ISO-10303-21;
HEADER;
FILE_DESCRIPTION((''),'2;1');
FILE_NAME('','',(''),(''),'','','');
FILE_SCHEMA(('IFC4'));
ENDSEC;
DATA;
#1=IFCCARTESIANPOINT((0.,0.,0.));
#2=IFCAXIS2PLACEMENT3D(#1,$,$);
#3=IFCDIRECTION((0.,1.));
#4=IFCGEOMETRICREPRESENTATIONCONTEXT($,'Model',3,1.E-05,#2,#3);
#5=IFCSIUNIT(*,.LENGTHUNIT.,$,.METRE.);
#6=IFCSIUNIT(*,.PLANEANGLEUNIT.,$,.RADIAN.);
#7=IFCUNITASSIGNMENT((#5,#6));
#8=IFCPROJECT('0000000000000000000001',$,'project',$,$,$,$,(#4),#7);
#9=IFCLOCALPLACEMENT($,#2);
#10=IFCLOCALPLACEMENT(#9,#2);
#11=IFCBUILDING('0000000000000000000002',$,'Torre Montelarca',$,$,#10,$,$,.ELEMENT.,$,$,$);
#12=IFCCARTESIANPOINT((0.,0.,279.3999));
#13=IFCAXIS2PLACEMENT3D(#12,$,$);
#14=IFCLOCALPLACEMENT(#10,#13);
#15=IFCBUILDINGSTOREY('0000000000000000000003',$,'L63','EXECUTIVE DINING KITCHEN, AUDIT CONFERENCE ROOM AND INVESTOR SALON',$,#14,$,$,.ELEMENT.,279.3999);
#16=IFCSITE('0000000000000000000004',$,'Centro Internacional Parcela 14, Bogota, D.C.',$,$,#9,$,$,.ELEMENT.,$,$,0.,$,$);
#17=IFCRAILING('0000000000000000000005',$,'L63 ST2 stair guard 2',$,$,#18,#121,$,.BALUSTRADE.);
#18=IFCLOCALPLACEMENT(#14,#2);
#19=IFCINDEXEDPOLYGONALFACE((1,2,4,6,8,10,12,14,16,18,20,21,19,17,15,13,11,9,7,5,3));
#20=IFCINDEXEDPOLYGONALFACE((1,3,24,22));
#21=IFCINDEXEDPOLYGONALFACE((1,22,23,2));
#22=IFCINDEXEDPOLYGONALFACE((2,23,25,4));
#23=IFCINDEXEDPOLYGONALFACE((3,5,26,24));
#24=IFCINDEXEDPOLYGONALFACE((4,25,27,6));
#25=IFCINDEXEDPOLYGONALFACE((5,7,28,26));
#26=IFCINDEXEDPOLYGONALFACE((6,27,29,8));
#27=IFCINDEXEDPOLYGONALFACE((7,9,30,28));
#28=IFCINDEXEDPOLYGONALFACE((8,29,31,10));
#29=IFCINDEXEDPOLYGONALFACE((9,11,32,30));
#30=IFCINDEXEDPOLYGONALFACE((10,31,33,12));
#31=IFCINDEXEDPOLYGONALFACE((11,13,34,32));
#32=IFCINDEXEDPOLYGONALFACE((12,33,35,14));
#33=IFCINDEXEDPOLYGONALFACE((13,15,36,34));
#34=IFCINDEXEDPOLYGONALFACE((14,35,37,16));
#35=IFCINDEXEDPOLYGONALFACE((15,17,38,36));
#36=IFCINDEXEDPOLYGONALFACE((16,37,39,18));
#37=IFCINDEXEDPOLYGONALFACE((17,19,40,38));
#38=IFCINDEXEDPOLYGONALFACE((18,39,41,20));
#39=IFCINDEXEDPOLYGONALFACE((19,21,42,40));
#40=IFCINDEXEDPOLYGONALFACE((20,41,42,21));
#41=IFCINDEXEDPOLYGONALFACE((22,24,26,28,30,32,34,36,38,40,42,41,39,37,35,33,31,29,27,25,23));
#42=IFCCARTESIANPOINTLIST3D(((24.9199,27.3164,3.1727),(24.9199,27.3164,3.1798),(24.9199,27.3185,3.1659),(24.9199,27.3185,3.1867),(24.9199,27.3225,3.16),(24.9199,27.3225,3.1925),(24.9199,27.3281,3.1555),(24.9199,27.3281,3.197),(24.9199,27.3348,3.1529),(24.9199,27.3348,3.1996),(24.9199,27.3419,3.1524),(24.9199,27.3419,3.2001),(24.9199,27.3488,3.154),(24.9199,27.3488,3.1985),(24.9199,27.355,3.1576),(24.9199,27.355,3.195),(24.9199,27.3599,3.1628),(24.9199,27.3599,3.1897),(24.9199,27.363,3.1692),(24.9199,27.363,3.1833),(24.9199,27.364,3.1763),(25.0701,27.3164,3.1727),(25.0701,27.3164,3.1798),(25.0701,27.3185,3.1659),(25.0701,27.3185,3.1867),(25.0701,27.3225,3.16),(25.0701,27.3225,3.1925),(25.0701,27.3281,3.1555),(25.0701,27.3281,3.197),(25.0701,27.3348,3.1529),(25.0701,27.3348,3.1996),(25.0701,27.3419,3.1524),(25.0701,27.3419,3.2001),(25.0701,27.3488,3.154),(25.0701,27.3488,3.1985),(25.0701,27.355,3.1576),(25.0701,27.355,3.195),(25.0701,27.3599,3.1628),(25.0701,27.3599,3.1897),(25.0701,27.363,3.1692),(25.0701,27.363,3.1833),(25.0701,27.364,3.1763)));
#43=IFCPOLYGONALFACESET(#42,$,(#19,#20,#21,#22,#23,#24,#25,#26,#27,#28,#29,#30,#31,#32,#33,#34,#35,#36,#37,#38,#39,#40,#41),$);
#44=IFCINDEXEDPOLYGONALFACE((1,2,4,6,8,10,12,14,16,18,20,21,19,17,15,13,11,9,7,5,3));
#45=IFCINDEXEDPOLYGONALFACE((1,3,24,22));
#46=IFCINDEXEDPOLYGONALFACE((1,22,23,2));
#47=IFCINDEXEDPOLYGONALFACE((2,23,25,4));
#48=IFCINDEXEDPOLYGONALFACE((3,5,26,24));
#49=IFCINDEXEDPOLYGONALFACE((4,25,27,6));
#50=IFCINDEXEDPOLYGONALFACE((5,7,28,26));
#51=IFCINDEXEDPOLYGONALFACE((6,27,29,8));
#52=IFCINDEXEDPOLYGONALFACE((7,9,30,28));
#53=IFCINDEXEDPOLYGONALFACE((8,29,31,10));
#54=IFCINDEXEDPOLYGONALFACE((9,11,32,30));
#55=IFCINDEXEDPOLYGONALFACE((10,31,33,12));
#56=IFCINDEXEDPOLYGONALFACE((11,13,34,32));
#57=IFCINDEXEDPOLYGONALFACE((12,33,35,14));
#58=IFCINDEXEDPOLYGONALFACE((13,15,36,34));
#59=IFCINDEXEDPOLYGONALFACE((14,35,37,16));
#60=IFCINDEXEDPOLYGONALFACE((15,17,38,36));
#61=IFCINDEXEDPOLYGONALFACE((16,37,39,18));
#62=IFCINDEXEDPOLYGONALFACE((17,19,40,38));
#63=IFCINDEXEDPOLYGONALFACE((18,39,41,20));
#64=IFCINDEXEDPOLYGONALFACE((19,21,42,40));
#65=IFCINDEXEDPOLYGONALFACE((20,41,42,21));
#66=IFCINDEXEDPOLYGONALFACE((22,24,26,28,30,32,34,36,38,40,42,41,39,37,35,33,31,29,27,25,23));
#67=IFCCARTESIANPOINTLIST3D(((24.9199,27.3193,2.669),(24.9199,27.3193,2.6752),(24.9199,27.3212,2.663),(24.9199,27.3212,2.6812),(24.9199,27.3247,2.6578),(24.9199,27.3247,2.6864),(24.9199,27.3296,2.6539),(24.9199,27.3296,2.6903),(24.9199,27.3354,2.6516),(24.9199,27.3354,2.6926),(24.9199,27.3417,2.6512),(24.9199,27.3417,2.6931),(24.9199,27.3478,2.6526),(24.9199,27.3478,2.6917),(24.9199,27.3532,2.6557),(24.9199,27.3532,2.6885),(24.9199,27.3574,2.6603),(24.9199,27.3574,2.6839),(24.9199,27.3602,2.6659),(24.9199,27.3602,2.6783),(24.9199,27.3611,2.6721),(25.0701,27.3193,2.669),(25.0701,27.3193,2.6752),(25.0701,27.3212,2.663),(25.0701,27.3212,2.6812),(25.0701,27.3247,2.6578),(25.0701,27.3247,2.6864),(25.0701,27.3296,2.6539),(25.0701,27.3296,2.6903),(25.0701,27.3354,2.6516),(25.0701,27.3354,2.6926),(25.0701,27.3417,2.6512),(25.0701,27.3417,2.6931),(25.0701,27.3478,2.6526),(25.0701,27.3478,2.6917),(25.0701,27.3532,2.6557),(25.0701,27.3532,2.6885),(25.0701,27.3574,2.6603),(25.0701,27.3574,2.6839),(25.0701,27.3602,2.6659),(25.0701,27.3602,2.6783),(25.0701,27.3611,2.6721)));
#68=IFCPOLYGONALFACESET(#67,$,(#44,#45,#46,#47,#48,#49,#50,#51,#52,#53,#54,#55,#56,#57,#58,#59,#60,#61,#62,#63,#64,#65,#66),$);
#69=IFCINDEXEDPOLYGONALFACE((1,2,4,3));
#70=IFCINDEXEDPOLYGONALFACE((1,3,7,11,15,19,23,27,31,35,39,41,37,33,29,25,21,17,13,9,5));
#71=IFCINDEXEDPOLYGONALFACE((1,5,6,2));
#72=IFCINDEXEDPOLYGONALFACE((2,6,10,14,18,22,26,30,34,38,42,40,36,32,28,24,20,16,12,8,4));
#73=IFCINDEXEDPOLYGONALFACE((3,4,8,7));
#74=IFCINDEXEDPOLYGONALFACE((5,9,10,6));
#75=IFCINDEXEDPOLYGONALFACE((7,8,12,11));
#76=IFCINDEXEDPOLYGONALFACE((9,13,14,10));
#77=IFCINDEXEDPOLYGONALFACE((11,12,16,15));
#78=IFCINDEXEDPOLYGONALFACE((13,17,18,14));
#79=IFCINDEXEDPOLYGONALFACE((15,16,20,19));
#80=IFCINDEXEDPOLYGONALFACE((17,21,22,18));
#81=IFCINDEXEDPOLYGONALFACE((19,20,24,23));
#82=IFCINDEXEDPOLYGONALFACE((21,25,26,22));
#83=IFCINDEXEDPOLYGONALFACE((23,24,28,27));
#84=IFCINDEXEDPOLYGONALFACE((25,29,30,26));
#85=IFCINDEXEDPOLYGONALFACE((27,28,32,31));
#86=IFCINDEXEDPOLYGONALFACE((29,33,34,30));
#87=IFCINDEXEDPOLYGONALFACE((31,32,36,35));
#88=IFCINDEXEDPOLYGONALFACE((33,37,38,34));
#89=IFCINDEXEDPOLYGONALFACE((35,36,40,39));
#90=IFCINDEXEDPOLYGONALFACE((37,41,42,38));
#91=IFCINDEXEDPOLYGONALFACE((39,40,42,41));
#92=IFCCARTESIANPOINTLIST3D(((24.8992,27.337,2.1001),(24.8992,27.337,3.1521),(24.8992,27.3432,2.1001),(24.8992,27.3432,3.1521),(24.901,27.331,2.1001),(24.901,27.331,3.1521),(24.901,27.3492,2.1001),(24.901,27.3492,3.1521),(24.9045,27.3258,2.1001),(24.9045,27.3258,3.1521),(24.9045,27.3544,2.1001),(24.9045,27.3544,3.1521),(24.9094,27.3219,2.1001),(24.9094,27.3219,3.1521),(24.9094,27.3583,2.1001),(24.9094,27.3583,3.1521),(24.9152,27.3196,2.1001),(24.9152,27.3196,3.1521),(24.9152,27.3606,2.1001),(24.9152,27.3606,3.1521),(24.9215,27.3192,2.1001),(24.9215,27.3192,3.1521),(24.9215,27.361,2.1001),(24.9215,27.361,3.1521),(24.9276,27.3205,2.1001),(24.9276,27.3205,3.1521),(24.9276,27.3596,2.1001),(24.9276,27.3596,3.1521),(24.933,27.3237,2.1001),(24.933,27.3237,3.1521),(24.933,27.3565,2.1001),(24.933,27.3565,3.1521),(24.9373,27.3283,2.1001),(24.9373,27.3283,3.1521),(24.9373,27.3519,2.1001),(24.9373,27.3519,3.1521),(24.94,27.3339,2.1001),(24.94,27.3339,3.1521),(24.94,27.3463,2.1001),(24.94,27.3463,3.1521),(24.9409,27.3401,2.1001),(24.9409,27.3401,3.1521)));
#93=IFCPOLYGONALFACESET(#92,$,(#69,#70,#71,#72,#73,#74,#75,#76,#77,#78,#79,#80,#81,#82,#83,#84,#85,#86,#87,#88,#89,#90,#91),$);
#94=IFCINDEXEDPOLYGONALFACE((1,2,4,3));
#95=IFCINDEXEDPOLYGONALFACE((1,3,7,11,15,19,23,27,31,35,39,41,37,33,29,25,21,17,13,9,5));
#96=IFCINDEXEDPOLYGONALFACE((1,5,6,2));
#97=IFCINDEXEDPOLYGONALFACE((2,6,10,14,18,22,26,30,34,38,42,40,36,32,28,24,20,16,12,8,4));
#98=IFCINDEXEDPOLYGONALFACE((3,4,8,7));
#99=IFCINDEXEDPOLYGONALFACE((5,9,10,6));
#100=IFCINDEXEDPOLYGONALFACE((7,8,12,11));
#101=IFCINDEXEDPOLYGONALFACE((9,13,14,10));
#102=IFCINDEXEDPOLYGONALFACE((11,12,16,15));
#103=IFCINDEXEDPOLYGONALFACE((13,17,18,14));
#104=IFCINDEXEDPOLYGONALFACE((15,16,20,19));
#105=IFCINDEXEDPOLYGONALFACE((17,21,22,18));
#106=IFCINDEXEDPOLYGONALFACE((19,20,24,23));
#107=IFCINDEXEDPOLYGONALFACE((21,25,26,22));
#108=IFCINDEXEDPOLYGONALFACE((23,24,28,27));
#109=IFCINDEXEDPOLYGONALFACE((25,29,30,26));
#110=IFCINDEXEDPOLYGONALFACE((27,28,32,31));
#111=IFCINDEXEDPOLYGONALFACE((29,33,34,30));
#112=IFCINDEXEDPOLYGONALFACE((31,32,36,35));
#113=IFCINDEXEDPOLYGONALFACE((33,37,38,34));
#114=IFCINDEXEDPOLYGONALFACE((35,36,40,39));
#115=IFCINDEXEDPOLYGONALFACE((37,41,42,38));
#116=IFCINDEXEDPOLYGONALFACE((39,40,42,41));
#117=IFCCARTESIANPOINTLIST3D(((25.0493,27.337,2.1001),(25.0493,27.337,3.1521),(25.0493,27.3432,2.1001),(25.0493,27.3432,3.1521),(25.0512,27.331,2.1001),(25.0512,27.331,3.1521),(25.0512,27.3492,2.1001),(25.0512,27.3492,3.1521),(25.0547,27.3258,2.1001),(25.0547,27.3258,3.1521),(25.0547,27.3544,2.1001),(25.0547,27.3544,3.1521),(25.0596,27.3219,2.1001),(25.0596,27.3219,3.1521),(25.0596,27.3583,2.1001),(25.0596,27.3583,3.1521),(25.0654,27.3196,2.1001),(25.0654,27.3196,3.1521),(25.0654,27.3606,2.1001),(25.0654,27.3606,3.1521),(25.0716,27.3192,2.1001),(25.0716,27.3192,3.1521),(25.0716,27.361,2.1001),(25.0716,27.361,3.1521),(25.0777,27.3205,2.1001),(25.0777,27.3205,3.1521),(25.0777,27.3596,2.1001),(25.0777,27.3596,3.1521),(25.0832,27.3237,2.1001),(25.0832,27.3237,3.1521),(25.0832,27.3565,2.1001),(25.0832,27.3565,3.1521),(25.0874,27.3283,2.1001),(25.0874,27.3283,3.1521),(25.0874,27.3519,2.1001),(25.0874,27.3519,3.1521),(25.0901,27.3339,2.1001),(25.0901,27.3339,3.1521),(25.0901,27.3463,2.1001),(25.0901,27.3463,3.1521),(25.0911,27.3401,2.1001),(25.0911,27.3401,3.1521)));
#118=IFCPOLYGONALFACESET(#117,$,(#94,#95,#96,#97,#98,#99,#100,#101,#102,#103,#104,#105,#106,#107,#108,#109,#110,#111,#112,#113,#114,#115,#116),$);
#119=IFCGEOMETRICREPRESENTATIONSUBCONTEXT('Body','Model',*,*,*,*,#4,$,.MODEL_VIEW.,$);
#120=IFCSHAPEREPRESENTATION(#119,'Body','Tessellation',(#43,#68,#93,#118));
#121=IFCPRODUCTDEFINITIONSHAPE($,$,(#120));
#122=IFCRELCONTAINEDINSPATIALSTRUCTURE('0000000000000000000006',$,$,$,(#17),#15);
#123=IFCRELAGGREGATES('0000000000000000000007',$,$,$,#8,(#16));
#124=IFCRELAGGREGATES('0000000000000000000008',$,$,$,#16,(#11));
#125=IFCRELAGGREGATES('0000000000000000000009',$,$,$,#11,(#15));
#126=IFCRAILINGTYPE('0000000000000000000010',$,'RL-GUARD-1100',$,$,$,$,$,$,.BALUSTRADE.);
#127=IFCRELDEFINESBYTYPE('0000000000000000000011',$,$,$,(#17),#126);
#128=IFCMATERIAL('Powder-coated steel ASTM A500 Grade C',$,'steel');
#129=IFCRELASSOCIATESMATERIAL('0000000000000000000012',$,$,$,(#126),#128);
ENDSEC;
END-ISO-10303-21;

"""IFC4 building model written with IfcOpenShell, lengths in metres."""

from ifc_helpers import new_model, si_unit, direction, frame, origin, origin_2d, place, context, subcontext, project, spatial, circle, extrude, material, type_object, element, save


model = new_model("IFC4")

# Units and contexts
model_context = context("Model", 3, precision=1e-05, world=origin(), true_north=direction((0.0, 1.0)))
body_context = subcontext(model_context, "Body", "Model", "MODEL_VIEW")
ifc_project = project(units=[si_unit("LENGTHUNIT", "METRE"), si_unit("PLANEANGLEUNIT", "RADIAN")], contexts=[model_context])

# Site, building, storey
site_placement = place(None, origin())
site = spatial("IfcSite", under=ifc_project, at=site_placement, Name="Centro Internacional Parcela 14, Bogota, D.C.", CompositionType="ELEMENT", RefElevation=0.0)
building_placement = place(site_placement, origin())
building = spatial("IfcBuilding", under=site, at=building_placement, Name="Torre Montelarca", CompositionType="ELEMENT")
storey_placement = place(building_placement, frame((0.0, 0.0, 279.3999)))
storey = spatial("IfcBuildingStorey", under=building, at=storey_placement, Name="L63", Description="EXECUTIVE DINING KITCHEN, AUDIT CONFERENCE ROOM AND INVESTOR SALON", CompositionType="ELEMENT", Elevation=279.3999)

# Railing
ifc_material_1 = material(Name="Powder-coated steel ASTM A500 Grade C", Category="steel")
railing_type_1 = type_object("IfcRailingType", Name="RL-GUARD-1100", PredefinedType="BALUSTRADE", material=ifc_material_1)
railing_1_placement = place(storey_placement, frame((24.9199, 27.3401, 2.1001)))
element("IfcRailing", 1, at=railing_1_placement, inside=storey, type_object=railing_type_1, Name="L63 ST2 stair guard 2", PredefinedType="BALUSTRADE", context=body_context, shape_type="SweptSolid", body=[
    extrude(circle(Radius=0.0239, at=origin_2d()), frame((0.0, 0.0, 1.0762), z_axis=(1.0, 0.0, 0.0), x_axis=(0.0, 1.0, 0.0)), (0.0, 0.0, 1.0), 0.1501),
    extrude(circle(Radius=0.021, at=origin_2d()), frame((0.0, 0.0, 0.572), z_axis=(1.0, 0.0, 0.0), x_axis=(0.0, 1.0, 0.0)), (0.0, 0.0, 1.0), 0.1501),
    extrude(circle(Radius=0.021, at=origin_2d()), origin(), (0.0, 0.0, 1.0), 1.052),
    extrude(circle(Radius=0.021, at=origin_2d()), frame((0.1501, 0.0, 0.0)), (0.0, 0.0, 1.0), 1.052),
])

save(model, "model.ifc")
